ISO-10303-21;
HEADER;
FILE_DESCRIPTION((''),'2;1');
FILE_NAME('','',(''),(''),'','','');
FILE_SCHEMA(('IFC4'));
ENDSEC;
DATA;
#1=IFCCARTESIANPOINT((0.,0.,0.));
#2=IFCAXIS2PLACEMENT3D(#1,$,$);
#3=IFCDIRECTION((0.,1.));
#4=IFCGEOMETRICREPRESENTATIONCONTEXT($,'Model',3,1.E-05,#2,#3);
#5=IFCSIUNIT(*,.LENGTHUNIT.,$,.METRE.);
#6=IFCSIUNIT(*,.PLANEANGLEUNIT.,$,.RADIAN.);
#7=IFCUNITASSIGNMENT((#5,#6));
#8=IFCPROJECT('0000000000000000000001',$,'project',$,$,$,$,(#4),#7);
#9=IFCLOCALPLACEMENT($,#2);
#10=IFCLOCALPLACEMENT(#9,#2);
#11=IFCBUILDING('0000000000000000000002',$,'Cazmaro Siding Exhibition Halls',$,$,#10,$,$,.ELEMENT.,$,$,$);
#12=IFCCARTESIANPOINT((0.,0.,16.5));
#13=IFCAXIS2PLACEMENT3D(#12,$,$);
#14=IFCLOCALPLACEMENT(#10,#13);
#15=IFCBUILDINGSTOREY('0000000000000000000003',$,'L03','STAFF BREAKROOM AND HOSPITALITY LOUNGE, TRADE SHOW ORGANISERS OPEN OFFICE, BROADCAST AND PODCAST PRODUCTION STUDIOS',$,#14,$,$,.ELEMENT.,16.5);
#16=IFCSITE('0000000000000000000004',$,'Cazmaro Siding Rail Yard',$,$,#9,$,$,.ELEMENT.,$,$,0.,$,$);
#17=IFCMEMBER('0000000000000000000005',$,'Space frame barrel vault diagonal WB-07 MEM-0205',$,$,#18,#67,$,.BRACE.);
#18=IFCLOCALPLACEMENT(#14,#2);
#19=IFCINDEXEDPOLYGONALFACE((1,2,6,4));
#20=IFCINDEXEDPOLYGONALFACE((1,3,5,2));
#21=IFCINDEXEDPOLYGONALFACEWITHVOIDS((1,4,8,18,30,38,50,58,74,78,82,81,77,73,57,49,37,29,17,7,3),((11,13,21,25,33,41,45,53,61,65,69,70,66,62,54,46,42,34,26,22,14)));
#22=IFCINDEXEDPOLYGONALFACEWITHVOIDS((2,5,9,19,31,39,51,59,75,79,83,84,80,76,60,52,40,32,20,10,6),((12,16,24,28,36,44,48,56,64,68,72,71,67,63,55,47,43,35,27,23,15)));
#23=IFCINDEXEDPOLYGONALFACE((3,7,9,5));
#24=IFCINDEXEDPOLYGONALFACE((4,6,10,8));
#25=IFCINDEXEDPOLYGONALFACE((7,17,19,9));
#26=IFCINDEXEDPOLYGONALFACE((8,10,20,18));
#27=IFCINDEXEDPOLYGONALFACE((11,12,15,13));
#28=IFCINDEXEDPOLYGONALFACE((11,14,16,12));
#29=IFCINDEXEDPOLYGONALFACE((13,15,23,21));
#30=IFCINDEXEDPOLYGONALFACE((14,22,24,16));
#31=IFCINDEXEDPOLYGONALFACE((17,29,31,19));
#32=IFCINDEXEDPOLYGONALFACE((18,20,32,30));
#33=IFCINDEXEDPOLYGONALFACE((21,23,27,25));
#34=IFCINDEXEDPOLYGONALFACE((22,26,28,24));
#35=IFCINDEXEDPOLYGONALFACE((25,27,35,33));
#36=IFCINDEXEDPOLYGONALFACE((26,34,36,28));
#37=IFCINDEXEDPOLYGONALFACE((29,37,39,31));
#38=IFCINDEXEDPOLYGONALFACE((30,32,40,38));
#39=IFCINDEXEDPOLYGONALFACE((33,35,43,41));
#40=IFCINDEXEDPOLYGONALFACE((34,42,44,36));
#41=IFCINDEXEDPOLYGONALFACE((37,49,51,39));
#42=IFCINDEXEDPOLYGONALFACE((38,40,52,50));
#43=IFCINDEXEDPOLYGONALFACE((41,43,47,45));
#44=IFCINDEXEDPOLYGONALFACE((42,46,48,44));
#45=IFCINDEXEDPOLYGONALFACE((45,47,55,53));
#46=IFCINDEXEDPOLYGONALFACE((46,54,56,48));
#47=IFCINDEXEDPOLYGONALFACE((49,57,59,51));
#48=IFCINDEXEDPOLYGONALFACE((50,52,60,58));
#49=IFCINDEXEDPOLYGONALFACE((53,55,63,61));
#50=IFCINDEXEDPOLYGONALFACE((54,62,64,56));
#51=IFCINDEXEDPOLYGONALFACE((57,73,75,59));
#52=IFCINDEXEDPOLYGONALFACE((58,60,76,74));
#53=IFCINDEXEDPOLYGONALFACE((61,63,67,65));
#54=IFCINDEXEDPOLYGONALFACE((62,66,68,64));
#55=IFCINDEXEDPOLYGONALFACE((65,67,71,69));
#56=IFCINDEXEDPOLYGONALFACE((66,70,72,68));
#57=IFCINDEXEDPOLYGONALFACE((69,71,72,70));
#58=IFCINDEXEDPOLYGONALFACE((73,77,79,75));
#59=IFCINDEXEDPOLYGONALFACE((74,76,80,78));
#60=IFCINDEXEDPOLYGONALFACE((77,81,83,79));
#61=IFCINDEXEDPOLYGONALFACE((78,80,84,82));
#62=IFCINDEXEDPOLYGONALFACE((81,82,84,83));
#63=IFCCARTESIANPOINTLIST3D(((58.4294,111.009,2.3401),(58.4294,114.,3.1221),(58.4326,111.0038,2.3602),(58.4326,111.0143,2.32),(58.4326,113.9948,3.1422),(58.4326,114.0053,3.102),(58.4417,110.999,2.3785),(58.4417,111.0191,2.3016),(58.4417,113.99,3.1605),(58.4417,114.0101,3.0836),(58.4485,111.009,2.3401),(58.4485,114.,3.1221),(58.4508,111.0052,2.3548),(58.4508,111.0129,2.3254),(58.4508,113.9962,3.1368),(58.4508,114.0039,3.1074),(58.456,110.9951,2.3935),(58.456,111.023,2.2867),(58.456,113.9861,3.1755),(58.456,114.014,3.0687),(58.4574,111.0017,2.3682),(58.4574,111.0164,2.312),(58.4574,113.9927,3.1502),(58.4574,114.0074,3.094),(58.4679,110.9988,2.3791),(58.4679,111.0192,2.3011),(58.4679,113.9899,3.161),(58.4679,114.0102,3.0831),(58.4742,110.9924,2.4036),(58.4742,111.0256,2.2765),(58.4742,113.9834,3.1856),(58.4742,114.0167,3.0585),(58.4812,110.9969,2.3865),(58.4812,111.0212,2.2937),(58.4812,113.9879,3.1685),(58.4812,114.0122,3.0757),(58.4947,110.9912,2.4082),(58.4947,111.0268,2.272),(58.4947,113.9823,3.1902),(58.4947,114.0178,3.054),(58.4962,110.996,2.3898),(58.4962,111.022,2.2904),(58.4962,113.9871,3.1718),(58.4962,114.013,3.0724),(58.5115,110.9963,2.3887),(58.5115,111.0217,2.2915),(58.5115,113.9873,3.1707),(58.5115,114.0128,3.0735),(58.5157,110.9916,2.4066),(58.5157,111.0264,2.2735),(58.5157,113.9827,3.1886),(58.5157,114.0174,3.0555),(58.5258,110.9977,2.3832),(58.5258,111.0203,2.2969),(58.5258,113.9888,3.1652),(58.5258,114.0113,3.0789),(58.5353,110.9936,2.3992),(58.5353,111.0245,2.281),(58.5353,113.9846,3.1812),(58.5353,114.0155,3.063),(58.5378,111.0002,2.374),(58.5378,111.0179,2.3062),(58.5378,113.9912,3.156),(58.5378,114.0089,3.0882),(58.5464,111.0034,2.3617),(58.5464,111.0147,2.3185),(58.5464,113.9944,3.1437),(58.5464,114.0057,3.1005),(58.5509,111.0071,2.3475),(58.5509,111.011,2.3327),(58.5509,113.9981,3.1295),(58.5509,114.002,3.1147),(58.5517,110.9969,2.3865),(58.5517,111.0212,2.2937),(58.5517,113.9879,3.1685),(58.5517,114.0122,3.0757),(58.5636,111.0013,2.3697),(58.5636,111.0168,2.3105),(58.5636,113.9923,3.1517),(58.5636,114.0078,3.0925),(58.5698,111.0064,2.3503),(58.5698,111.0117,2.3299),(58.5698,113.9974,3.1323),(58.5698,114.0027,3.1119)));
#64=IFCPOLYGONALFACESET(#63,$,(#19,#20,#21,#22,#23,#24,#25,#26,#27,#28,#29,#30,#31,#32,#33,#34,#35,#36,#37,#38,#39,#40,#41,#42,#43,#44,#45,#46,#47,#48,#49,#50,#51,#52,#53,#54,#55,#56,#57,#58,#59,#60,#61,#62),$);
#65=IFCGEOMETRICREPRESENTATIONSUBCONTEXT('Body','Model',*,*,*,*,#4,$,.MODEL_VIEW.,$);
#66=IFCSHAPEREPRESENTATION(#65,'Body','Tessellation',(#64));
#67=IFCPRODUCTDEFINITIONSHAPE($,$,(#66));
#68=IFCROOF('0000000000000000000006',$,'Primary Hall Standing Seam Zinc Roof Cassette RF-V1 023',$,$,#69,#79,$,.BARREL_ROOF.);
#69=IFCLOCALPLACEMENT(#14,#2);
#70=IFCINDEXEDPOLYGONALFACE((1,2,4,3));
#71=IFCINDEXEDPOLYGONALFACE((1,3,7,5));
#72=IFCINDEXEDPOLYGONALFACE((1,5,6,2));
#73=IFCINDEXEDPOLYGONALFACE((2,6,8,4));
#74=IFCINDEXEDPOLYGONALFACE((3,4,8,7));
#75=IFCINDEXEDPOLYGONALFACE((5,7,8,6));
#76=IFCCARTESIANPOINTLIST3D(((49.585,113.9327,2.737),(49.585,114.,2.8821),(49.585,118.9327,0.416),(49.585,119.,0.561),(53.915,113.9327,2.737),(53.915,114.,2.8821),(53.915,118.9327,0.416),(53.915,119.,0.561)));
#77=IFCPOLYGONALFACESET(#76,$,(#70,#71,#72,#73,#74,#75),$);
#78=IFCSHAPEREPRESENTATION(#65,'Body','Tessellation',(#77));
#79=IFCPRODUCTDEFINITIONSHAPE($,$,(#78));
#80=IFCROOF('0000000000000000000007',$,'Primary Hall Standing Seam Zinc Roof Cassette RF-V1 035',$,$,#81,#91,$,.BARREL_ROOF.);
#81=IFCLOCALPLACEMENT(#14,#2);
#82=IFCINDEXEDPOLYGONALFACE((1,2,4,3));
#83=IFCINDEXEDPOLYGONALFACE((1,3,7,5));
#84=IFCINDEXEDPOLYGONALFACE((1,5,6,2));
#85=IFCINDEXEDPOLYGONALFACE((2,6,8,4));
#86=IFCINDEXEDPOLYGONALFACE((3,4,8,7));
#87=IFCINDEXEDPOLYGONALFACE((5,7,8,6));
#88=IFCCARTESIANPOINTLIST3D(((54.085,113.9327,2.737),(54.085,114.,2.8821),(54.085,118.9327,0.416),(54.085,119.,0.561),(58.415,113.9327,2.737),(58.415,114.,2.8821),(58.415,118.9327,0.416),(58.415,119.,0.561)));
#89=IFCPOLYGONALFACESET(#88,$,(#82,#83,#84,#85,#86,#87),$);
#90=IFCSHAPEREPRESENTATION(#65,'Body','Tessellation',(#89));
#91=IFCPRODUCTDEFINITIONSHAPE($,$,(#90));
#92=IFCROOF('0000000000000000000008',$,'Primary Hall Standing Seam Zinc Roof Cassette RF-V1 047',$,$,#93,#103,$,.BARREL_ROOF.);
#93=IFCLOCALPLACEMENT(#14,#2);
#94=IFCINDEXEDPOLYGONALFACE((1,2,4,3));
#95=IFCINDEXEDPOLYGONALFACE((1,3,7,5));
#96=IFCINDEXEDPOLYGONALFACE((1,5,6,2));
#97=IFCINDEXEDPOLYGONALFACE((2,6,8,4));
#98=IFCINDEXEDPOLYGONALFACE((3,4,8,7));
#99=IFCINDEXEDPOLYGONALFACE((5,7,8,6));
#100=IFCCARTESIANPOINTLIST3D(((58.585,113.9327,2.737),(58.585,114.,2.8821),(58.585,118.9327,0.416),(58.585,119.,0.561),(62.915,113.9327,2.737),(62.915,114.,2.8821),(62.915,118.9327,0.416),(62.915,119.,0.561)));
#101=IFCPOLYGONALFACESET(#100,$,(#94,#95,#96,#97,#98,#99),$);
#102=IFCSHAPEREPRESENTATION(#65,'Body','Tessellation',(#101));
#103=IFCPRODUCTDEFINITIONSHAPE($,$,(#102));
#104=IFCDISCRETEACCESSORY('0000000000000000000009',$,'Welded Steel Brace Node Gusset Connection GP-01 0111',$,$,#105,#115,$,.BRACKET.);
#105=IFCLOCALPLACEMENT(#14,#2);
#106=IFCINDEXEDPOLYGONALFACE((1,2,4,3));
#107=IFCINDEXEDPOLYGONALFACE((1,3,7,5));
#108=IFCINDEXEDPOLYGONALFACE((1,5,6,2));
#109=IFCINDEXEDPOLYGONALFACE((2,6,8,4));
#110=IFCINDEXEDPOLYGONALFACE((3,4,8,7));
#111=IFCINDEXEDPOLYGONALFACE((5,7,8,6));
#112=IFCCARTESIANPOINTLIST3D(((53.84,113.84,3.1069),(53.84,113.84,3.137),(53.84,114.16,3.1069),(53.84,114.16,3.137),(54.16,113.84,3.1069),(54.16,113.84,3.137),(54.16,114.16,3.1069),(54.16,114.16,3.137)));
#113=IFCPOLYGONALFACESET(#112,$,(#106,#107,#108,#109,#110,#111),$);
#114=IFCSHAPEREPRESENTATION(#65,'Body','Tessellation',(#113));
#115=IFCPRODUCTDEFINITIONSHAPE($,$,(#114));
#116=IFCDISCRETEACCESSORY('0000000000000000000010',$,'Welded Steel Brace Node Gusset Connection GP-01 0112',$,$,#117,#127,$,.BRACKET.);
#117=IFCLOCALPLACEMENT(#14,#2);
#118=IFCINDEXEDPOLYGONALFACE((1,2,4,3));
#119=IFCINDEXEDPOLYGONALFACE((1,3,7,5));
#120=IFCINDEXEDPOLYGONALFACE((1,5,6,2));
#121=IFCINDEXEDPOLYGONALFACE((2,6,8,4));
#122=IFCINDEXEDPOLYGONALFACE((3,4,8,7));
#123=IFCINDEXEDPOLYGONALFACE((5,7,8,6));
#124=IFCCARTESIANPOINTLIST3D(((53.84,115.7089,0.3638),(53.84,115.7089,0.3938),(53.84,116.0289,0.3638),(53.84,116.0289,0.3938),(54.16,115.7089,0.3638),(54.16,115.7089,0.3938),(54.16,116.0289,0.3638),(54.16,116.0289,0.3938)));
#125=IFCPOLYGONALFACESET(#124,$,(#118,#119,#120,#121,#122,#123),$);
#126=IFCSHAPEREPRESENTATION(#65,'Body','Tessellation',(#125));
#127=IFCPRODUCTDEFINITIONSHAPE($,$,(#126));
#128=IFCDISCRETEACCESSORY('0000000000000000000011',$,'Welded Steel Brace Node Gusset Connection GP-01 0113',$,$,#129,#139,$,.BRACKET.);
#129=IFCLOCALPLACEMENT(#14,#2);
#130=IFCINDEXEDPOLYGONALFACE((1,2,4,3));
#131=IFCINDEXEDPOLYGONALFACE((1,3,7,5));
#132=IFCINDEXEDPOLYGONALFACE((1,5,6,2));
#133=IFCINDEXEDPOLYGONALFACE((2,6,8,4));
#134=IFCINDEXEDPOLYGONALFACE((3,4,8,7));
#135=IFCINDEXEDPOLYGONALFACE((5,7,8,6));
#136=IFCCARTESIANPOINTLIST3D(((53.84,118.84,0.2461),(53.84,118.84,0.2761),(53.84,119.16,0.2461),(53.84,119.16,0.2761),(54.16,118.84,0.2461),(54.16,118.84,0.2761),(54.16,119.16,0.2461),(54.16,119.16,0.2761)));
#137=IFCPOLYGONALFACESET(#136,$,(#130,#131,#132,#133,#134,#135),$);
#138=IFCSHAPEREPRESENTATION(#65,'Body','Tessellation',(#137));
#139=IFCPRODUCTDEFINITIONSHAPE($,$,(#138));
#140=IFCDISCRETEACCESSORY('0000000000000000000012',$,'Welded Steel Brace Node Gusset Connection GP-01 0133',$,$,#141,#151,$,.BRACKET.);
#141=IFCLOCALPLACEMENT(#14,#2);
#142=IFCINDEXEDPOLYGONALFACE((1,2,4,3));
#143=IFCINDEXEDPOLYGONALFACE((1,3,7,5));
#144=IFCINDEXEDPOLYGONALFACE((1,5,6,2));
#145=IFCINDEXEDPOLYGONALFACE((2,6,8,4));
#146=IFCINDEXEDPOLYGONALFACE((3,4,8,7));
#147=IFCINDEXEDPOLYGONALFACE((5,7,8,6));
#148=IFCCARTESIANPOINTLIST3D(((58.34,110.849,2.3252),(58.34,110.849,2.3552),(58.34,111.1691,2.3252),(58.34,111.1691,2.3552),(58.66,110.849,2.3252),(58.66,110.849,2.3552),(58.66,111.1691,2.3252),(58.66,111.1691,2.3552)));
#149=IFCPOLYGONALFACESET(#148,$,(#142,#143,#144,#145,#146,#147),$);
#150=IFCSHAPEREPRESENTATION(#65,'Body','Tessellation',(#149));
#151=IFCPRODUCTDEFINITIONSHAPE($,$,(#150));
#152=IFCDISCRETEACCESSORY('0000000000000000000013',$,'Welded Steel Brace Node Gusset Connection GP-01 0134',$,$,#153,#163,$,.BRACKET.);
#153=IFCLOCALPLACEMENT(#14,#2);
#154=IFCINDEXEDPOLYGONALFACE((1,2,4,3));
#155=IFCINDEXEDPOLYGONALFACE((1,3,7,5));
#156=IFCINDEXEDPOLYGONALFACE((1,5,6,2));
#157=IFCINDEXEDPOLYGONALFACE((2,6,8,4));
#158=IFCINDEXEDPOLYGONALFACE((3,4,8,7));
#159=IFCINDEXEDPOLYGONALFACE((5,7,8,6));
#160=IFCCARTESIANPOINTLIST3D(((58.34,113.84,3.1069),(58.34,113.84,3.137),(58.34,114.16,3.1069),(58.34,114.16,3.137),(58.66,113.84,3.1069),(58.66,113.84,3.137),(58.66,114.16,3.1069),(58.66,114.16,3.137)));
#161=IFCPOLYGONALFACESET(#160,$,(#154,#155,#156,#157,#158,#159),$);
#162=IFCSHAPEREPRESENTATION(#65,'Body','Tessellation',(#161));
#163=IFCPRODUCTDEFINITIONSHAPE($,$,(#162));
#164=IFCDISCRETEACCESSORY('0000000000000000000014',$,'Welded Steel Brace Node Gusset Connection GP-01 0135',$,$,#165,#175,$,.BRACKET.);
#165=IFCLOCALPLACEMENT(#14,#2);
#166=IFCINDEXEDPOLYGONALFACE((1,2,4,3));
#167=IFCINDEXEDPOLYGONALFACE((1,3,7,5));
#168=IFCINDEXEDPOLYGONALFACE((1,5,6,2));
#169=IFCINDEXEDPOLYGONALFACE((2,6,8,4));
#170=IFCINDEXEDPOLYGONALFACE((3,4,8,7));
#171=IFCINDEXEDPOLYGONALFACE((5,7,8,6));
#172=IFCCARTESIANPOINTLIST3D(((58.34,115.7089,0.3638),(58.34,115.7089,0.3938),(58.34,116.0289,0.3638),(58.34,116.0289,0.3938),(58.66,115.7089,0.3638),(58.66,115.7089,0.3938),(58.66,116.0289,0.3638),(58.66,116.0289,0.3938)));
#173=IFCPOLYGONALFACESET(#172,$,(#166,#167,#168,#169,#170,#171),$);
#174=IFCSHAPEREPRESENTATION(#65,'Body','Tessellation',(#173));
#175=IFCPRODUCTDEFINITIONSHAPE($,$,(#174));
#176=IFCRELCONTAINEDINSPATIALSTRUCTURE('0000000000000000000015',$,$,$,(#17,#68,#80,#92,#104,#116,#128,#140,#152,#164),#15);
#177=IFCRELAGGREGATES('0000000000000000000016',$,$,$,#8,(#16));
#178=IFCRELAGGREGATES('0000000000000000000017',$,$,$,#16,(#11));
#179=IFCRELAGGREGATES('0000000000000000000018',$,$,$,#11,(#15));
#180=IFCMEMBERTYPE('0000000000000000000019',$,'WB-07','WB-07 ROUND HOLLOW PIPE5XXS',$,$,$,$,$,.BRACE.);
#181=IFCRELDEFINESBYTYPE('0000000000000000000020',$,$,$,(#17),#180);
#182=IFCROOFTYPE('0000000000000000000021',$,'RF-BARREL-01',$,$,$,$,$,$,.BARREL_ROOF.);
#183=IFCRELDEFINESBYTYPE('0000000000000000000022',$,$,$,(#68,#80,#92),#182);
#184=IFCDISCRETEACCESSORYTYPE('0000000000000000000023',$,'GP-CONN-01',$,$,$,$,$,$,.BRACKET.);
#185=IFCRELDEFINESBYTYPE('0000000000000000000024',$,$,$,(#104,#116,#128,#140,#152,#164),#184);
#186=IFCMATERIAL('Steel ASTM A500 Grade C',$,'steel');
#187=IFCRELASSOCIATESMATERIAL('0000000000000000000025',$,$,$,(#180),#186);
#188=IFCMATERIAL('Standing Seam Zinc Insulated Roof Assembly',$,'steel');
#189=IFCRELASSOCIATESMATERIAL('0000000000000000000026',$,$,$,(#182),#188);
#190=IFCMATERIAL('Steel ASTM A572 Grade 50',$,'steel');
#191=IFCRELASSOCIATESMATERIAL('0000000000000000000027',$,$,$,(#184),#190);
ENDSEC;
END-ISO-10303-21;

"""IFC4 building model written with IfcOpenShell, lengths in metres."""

from ifc_helpers import new_model, si_unit, direction, frame, origin, origin_2d, place, context, subcontext, project, spatial, polyline, rectangle, hollow_circle, outline, extrude, material, material_profile, profile_set, type_object, element, save


model = new_model("IFC4")

# Units and contexts
model_context = context("Model", 3, precision=1e-05, world=origin(), true_north=direction((0.0, 1.0)))
body_context = subcontext(model_context, "Body", "Model", "MODEL_VIEW")
ifc_project = project(units=[si_unit("LENGTHUNIT", "METRE"), si_unit("PLANEANGLEUNIT", "RADIAN")], contexts=[model_context])

# Site, building, storey
site_placement = place(None, origin())
site = spatial("IfcSite", under=ifc_project, at=site_placement, Name="Cazmaro Siding Rail Yard", CompositionType="ELEMENT", RefElevation=0.0)
building_placement = place(site_placement, origin())
building = spatial("IfcBuilding", under=site, at=building_placement, Name="Cazmaro Siding Exhibition Halls", CompositionType="ELEMENT")
storey_placement = place(building_placement, frame((0.0, 0.0, 16.5)))
storey = spatial("IfcBuildingStorey", under=building, at=storey_placement, Name="L03", Description="STAFF BREAKROOM AND HOSPITALITY LOUNGE, TRADE SHOW ORGANISERS OPEN OFFICE, BROADCAST AND PODCAST PRODUCTION STUDIOS", CompositionType="ELEMENT", Elevation=16.5)

# Member
ifc_material_1 = material(Name="Steel ASTM A500 Grade C", Category="steel")
ifc_material_profile_1 = material_profile(ifc_material_1, hollow_circle(Radius=0.0706, WallThickness=0.019, at=origin_2d()), Name="PIPE5XXS")
ifc_profile_set_1 = profile_set([ifc_material_profile_1], Name="Steel ASTM A500 Grade C")
member_type_1 = type_object("IfcMemberType", Name="WB-07", Description="WB-07 ROUND HOLLOW PIPE5XXS", PredefinedType="BRACE", material=ifc_profile_set_1)
member_1_placement = place(storey_placement, frame((58.5, 111.009, 2.3401), z_axis=(0.0, 0.96748, 0.252946), x_axis=(-1.0, 0.0, 0.0)))
element("IfcMember", 1, at=member_1_placement, inside=storey, type_object=member_type_1, Name="Space frame barrel vault diagonal WB-07 MEM-0205", PredefinedType="BRACE", context=body_context, shape_type="SweptSolid", body=[
    extrude(hollow_circle(Radius=0.0706, WallThickness=0.019, at=origin_2d()), origin(), (0.0, 0.0, 1.0), 3.0916),
])

# Roofs
ifc_material_2 = material(Name="Standing Seam Zinc Insulated Roof Assembly", Category="steel")
roof_type = type_object("IfcRoofType", Name="RF-BARREL-01", PredefinedType="BARREL_ROOF", material=ifc_material_2)
for number, where, z_axis, x_axis, name in (
    (2, (49.585, 114.0, 2.8821), (0.0, 0.421054, 0.907036), (1.0, 0.0, 0.0), "Primary Hall Standing Seam Zinc Roof Cassette RF-V1 023"),
    (3, (54.085, 114.0, 2.8821), (0.0, 0.421054, 0.907036), (1.0, 0.0, 0.0), "Primary Hall Standing Seam Zinc Roof Cassette RF-V1 035"),
    (4, (58.585, 114.0, 2.8821), (0.0, 0.421054, 0.907036), (1.0, 0.0, 0.0), "Primary Hall Standing Seam Zinc Roof Cassette RF-V1 047"),
):
    element("IfcRoof", number, at=place(storey_placement, frame(where, z_axis=z_axis, x_axis=x_axis)), inside=storey, type_object=roof_type, Name=name, PredefinedType="BARREL_ROOF", context=body_context, shape_type="SweptSolid", body=[
        extrude(outline(polyline([(0.0, 0.0), (4.3301, 0.0), (4.3301, 5.5125), (0.0, 5.5125), (0.0, 0.0)])), origin(), (0.0, 0.0, -1.0), 0.1599),
    ])

# Discrete accessories
ifc_material_3 = material(Name="Steel ASTM A572 Grade 50", Category="steel")
discrete_accessory_type = type_object("IfcDiscreteAccessoryType", Name="GP-CONN-01", PredefinedType="BRACKET", material=ifc_material_3)
for number, where, z_axis, x_axis, name in (
    (5, (54.0, 114.0, 3.1069), (0.0, 0.0, 1.0), (1.0, 0.0, 0.0), "Welded Steel Brace Node Gusset Connection GP-01 0111"),
    (6, (54.0, 115.8689, 0.3638), (0.0, 0.0, 1.0), (1.0, 0.0, 0.0), "Welded Steel Brace Node Gusset Connection GP-01 0112"),
    (7, (54.0, 119.0, 0.2461), (0.0, 0.0, 1.0), (1.0, 0.0, 0.0), "Welded Steel Brace Node Gusset Connection GP-01 0113"),
    (8, (58.5, 111.009, 2.3252), (0.0, 0.0, 1.0), (1.0, 0.0, 0.0), "Welded Steel Brace Node Gusset Connection GP-01 0133"),
    (9, (58.5, 114.0, 3.1069), (0.0, 0.0, 1.0), (1.0, 0.0, 0.0), "Welded Steel Brace Node Gusset Connection GP-01 0134"),
    (10, (58.5, 115.8689, 0.3638), (0.0, 0.0, 1.0), (1.0, 0.0, 0.0), "Welded Steel Brace Node Gusset Connection GP-01 0135"),
):
    element("IfcDiscreteAccessory", number, at=place(storey_placement, frame(where, z_axis=z_axis, x_axis=x_axis)), inside=storey, type_object=discrete_accessory_type, Name=name, PredefinedType="BRACKET", context=body_context, shape_type="SweptSolid", body=[
        extrude(rectangle(XDim=0.3201, YDim=0.3201, at=origin_2d()), origin(), (0.0, 0.0, 1.0), 0.03),
    ])

save(model, "model.ifc")
